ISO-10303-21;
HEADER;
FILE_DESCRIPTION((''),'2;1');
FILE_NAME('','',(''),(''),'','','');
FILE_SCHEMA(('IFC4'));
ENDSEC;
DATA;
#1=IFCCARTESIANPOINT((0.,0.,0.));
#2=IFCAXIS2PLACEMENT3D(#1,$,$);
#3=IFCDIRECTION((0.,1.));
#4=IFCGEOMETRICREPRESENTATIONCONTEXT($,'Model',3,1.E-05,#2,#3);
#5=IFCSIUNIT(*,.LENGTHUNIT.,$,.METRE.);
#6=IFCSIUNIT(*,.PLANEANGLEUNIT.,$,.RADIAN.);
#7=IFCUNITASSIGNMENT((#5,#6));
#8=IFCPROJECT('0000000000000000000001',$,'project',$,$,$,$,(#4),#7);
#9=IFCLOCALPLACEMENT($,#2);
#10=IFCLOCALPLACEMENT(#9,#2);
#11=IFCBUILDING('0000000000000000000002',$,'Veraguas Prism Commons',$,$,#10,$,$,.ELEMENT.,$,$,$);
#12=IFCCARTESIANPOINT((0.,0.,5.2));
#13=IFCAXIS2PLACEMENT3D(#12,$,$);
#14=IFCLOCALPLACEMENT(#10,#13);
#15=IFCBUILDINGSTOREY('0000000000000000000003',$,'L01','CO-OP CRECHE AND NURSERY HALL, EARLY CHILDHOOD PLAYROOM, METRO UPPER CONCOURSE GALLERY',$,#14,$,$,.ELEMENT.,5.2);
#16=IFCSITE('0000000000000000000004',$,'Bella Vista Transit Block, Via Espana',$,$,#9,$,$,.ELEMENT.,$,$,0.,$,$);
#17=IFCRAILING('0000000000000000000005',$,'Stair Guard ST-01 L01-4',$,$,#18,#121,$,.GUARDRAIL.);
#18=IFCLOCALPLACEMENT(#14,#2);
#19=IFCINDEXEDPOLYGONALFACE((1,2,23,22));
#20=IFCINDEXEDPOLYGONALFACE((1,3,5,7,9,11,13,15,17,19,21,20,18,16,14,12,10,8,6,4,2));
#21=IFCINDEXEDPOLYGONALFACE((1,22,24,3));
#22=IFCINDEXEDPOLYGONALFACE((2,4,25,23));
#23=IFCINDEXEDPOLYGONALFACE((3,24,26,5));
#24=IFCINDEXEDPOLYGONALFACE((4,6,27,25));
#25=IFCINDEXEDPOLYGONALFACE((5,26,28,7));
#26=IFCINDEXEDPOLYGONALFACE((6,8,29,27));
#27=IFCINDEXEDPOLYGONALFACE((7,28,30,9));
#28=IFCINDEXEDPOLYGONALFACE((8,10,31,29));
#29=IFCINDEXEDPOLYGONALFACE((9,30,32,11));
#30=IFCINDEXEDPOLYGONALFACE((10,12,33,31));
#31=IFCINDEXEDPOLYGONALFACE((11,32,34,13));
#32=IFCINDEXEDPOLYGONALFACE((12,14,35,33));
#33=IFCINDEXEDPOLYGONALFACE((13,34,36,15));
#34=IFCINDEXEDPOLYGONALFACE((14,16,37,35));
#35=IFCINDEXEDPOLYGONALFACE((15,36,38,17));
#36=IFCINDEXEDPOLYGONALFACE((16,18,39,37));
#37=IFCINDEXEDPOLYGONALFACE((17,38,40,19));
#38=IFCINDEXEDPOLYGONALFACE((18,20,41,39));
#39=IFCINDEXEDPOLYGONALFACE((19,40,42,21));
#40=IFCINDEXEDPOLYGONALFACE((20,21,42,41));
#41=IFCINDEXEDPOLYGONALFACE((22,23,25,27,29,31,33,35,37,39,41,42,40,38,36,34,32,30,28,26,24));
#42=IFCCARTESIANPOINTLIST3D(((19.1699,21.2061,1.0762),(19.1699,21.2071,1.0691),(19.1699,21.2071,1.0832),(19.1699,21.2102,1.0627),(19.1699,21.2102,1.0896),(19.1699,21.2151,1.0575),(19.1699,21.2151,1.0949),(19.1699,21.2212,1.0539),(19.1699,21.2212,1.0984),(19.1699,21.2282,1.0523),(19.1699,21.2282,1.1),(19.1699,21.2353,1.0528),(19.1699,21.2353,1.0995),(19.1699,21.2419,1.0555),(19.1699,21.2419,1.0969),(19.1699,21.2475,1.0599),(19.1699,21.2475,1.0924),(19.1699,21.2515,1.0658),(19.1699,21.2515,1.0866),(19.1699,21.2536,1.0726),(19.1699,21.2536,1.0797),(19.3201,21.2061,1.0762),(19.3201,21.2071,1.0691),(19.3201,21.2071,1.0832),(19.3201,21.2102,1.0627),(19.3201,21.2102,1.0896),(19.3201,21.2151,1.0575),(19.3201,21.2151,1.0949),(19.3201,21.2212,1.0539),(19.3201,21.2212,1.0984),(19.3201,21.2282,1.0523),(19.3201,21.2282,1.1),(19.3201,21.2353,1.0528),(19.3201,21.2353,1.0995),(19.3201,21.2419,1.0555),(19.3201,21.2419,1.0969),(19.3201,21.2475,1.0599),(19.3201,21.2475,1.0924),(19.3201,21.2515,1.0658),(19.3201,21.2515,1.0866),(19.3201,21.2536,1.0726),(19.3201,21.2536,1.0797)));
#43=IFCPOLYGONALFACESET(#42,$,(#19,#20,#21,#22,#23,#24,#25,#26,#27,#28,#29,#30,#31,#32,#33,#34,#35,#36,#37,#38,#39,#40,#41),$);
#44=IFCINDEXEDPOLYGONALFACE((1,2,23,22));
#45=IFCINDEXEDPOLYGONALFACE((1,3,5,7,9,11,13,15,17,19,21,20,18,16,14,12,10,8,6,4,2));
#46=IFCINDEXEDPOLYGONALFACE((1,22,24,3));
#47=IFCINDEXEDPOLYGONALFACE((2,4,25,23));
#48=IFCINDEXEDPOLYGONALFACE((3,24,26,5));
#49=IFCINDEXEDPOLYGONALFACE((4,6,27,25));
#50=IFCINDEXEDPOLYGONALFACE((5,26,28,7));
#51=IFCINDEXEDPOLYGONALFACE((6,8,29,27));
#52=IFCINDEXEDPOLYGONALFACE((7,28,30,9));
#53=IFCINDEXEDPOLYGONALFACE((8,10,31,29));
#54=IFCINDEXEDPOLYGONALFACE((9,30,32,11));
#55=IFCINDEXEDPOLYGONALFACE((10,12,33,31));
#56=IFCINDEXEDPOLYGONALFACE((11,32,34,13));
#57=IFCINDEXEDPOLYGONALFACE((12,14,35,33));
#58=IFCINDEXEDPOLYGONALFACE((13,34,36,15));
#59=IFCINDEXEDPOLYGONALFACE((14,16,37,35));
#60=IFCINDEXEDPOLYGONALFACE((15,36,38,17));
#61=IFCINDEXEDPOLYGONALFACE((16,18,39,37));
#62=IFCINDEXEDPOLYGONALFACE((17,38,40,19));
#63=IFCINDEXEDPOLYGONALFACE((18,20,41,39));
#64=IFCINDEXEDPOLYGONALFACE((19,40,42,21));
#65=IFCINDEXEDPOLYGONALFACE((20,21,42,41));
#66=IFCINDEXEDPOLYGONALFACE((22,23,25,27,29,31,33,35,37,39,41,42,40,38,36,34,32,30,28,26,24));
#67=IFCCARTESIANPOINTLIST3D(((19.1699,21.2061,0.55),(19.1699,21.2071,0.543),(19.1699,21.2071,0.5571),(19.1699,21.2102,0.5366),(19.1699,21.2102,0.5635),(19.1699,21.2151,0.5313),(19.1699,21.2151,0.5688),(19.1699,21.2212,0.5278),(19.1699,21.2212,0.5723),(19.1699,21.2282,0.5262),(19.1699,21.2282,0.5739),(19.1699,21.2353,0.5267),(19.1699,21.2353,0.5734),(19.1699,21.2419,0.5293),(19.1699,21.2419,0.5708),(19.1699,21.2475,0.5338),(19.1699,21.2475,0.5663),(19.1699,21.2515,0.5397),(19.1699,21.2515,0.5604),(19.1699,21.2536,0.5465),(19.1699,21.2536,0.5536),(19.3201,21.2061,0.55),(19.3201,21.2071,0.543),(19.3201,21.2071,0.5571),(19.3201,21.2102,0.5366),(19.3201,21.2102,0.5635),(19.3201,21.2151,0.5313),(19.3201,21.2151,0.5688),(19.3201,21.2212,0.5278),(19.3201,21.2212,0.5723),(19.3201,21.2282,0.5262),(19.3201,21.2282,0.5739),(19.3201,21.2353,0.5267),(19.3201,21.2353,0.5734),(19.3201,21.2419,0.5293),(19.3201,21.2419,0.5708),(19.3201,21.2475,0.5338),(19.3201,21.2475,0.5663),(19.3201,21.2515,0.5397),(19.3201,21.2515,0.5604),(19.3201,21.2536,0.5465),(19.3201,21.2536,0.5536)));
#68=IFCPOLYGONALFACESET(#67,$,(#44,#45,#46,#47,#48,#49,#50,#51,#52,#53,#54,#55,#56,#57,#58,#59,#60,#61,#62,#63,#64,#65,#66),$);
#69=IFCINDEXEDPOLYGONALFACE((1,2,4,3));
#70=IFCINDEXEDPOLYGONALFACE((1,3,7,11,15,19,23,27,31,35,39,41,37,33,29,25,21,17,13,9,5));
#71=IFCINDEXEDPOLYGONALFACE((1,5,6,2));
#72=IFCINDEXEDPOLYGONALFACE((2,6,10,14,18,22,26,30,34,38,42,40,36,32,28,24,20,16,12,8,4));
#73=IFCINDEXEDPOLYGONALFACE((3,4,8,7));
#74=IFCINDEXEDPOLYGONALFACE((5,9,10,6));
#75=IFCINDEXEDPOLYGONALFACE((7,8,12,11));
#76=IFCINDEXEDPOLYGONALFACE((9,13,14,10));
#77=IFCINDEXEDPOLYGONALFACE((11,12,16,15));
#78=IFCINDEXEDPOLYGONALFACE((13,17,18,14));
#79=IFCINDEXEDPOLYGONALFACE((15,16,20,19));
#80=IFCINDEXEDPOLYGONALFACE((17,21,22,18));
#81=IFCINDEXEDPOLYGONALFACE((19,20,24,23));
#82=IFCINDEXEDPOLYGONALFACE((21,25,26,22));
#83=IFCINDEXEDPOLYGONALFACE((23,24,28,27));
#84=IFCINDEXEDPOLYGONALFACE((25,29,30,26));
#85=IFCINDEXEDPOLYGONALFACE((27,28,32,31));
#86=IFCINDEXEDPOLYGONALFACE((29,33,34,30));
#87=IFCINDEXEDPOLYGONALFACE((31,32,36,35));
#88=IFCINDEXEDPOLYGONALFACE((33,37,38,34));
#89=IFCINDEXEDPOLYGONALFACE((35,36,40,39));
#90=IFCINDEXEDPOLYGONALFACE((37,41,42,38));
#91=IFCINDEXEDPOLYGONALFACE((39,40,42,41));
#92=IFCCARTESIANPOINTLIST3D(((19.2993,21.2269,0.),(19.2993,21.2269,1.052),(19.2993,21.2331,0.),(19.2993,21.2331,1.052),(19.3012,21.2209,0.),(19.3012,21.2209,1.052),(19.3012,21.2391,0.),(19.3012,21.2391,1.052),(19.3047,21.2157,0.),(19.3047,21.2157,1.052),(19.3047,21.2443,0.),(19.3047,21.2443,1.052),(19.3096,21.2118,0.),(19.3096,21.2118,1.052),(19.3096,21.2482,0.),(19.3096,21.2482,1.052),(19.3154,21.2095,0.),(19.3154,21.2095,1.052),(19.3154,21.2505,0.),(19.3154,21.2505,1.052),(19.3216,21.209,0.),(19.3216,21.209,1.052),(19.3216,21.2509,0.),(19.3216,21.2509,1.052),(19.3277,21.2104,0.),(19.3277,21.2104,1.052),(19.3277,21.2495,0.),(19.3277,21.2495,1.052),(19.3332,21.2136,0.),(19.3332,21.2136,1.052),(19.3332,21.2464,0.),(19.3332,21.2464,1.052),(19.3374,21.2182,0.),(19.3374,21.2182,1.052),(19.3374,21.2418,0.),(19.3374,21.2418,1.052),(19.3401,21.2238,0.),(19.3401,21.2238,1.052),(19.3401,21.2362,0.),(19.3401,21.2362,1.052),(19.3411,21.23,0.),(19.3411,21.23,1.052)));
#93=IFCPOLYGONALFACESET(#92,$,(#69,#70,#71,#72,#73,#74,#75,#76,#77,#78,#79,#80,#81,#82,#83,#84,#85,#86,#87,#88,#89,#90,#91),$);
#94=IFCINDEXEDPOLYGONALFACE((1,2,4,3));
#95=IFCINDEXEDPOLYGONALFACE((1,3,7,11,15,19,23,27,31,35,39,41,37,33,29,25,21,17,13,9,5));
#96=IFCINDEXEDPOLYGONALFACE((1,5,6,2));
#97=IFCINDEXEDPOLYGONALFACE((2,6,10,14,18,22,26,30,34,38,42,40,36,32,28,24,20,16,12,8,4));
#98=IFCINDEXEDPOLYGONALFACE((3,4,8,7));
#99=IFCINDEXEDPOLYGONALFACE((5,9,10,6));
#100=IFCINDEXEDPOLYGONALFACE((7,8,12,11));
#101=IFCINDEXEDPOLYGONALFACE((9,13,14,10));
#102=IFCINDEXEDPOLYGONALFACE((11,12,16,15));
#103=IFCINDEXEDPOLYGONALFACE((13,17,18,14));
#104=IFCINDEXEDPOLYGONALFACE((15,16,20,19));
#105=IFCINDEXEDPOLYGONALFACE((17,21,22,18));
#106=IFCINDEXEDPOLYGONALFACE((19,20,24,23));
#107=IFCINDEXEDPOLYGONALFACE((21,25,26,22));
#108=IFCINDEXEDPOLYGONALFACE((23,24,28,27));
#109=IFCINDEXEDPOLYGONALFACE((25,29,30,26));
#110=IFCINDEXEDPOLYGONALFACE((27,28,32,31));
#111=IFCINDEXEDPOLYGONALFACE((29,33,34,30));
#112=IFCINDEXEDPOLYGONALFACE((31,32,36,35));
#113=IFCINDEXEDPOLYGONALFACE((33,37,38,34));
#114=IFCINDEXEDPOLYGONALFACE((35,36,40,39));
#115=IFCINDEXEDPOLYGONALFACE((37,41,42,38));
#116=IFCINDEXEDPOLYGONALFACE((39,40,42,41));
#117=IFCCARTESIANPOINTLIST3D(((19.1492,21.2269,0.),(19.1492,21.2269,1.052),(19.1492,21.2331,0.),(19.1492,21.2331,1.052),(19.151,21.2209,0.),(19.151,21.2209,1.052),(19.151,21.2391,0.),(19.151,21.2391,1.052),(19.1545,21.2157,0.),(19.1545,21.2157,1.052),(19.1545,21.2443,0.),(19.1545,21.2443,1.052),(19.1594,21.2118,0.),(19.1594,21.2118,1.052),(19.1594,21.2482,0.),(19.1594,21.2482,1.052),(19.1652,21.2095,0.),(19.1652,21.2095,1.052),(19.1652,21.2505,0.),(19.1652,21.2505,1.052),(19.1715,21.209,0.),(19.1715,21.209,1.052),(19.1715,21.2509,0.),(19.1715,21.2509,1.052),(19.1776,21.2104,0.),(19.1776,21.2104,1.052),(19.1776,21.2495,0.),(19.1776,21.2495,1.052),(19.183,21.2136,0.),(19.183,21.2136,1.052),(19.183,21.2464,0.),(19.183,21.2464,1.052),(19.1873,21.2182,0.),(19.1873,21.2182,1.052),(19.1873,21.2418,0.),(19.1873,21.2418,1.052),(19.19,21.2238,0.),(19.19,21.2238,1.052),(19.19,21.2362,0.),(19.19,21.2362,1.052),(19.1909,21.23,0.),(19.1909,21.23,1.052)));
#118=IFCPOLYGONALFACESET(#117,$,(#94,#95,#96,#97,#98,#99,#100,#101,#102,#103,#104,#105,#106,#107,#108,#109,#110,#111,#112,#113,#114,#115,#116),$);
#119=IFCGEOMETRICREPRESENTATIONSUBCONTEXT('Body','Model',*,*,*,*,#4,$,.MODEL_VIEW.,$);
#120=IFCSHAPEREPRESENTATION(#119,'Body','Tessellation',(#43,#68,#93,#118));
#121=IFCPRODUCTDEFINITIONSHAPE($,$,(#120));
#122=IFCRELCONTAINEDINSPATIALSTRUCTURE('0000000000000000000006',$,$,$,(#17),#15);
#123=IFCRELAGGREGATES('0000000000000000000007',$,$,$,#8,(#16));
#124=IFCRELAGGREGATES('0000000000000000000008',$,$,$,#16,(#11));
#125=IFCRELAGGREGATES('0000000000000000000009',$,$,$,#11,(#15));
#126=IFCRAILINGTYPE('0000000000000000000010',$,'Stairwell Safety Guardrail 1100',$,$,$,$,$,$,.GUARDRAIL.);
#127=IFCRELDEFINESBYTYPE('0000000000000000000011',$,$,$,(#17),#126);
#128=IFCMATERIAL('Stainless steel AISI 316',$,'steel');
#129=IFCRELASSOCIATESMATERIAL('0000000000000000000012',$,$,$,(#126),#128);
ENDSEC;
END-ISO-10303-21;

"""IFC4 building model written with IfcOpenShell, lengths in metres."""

from ifc_helpers import new_model, si_unit, direction, frame, origin, origin_2d, place, context, subcontext, project, spatial, circle, extrude, material, type_object, element, save


model = new_model("IFC4")

# Units and contexts
model_context = context("Model", 3, precision=1e-05, world=origin(), true_north=direction((0.0, 1.0)))
body_context = subcontext(model_context, "Body", "Model", "MODEL_VIEW")
ifc_project = project(units=[si_unit("LENGTHUNIT", "METRE"), si_unit("PLANEANGLEUNIT", "RADIAN")], contexts=[model_context])

# Site, building, storey
site_placement = place(None, origin())
site = spatial("IfcSite", under=ifc_project, at=site_placement, Name="Bella Vista Transit Block, Via Espana", CompositionType="ELEMENT", RefElevation=0.0)
building_placement = place(site_placement, origin())
building = spatial("IfcBuilding", under=site, at=building_placement, Name="Veraguas Prism Commons", CompositionType="ELEMENT")
storey_placement = place(building_placement, frame((0.0, 0.0, 5.2)))
storey = spatial("IfcBuildingStorey", under=building, at=storey_placement, Name="L01", Description="CO-OP CRECHE AND NURSERY HALL, EARLY CHILDHOOD PLAYROOM, METRO UPPER CONCOURSE GALLERY", CompositionType="ELEMENT", Elevation=5.2)

# Railing
ifc_material_1 = material(Name="Stainless steel AISI 316", Category="steel")
railing_type_1 = type_object("IfcRailingType", Name="Stairwell Safety Guardrail 1100", PredefinedType="GUARDRAIL", material=ifc_material_1)
railing_1_placement = place(storey_placement, frame((19.3201, 21.23, 0.0)))
element("IfcRailing", 1, at=railing_1_placement, inside=storey, type_object=railing_type_1, Name="Stair Guard ST-01 L01-4", PredefinedType="GUARDRAIL", context=body_context, shape_type="SweptSolid", body=[
    extrude(circle(Radius=0.0239, at=origin_2d()), frame((0.0, 0.0, 1.0762), z_axis=(-1.0, 0.0, 0.0), x_axis=(0.0, -1.0, 0.0)), (0.0, 0.0, 1.0), 0.1501),
    extrude(circle(Radius=0.0239, at=origin_2d()), frame((0.0, 0.0, 0.55), z_axis=(-1.0, 0.0, 0.0), x_axis=(0.0, -1.0, 0.0)), (0.0, 0.0, 1.0), 0.1501),
    extrude(circle(Radius=0.021, at=origin_2d()), origin(), (0.0, 0.0, 1.0), 1.052),
    extrude(circle(Radius=0.021, at=origin_2d()), frame((-0.1501, 0.0, 0.0)), (0.0, 0.0, 1.0), 1.052),
])

save(model, "model.ifc")
